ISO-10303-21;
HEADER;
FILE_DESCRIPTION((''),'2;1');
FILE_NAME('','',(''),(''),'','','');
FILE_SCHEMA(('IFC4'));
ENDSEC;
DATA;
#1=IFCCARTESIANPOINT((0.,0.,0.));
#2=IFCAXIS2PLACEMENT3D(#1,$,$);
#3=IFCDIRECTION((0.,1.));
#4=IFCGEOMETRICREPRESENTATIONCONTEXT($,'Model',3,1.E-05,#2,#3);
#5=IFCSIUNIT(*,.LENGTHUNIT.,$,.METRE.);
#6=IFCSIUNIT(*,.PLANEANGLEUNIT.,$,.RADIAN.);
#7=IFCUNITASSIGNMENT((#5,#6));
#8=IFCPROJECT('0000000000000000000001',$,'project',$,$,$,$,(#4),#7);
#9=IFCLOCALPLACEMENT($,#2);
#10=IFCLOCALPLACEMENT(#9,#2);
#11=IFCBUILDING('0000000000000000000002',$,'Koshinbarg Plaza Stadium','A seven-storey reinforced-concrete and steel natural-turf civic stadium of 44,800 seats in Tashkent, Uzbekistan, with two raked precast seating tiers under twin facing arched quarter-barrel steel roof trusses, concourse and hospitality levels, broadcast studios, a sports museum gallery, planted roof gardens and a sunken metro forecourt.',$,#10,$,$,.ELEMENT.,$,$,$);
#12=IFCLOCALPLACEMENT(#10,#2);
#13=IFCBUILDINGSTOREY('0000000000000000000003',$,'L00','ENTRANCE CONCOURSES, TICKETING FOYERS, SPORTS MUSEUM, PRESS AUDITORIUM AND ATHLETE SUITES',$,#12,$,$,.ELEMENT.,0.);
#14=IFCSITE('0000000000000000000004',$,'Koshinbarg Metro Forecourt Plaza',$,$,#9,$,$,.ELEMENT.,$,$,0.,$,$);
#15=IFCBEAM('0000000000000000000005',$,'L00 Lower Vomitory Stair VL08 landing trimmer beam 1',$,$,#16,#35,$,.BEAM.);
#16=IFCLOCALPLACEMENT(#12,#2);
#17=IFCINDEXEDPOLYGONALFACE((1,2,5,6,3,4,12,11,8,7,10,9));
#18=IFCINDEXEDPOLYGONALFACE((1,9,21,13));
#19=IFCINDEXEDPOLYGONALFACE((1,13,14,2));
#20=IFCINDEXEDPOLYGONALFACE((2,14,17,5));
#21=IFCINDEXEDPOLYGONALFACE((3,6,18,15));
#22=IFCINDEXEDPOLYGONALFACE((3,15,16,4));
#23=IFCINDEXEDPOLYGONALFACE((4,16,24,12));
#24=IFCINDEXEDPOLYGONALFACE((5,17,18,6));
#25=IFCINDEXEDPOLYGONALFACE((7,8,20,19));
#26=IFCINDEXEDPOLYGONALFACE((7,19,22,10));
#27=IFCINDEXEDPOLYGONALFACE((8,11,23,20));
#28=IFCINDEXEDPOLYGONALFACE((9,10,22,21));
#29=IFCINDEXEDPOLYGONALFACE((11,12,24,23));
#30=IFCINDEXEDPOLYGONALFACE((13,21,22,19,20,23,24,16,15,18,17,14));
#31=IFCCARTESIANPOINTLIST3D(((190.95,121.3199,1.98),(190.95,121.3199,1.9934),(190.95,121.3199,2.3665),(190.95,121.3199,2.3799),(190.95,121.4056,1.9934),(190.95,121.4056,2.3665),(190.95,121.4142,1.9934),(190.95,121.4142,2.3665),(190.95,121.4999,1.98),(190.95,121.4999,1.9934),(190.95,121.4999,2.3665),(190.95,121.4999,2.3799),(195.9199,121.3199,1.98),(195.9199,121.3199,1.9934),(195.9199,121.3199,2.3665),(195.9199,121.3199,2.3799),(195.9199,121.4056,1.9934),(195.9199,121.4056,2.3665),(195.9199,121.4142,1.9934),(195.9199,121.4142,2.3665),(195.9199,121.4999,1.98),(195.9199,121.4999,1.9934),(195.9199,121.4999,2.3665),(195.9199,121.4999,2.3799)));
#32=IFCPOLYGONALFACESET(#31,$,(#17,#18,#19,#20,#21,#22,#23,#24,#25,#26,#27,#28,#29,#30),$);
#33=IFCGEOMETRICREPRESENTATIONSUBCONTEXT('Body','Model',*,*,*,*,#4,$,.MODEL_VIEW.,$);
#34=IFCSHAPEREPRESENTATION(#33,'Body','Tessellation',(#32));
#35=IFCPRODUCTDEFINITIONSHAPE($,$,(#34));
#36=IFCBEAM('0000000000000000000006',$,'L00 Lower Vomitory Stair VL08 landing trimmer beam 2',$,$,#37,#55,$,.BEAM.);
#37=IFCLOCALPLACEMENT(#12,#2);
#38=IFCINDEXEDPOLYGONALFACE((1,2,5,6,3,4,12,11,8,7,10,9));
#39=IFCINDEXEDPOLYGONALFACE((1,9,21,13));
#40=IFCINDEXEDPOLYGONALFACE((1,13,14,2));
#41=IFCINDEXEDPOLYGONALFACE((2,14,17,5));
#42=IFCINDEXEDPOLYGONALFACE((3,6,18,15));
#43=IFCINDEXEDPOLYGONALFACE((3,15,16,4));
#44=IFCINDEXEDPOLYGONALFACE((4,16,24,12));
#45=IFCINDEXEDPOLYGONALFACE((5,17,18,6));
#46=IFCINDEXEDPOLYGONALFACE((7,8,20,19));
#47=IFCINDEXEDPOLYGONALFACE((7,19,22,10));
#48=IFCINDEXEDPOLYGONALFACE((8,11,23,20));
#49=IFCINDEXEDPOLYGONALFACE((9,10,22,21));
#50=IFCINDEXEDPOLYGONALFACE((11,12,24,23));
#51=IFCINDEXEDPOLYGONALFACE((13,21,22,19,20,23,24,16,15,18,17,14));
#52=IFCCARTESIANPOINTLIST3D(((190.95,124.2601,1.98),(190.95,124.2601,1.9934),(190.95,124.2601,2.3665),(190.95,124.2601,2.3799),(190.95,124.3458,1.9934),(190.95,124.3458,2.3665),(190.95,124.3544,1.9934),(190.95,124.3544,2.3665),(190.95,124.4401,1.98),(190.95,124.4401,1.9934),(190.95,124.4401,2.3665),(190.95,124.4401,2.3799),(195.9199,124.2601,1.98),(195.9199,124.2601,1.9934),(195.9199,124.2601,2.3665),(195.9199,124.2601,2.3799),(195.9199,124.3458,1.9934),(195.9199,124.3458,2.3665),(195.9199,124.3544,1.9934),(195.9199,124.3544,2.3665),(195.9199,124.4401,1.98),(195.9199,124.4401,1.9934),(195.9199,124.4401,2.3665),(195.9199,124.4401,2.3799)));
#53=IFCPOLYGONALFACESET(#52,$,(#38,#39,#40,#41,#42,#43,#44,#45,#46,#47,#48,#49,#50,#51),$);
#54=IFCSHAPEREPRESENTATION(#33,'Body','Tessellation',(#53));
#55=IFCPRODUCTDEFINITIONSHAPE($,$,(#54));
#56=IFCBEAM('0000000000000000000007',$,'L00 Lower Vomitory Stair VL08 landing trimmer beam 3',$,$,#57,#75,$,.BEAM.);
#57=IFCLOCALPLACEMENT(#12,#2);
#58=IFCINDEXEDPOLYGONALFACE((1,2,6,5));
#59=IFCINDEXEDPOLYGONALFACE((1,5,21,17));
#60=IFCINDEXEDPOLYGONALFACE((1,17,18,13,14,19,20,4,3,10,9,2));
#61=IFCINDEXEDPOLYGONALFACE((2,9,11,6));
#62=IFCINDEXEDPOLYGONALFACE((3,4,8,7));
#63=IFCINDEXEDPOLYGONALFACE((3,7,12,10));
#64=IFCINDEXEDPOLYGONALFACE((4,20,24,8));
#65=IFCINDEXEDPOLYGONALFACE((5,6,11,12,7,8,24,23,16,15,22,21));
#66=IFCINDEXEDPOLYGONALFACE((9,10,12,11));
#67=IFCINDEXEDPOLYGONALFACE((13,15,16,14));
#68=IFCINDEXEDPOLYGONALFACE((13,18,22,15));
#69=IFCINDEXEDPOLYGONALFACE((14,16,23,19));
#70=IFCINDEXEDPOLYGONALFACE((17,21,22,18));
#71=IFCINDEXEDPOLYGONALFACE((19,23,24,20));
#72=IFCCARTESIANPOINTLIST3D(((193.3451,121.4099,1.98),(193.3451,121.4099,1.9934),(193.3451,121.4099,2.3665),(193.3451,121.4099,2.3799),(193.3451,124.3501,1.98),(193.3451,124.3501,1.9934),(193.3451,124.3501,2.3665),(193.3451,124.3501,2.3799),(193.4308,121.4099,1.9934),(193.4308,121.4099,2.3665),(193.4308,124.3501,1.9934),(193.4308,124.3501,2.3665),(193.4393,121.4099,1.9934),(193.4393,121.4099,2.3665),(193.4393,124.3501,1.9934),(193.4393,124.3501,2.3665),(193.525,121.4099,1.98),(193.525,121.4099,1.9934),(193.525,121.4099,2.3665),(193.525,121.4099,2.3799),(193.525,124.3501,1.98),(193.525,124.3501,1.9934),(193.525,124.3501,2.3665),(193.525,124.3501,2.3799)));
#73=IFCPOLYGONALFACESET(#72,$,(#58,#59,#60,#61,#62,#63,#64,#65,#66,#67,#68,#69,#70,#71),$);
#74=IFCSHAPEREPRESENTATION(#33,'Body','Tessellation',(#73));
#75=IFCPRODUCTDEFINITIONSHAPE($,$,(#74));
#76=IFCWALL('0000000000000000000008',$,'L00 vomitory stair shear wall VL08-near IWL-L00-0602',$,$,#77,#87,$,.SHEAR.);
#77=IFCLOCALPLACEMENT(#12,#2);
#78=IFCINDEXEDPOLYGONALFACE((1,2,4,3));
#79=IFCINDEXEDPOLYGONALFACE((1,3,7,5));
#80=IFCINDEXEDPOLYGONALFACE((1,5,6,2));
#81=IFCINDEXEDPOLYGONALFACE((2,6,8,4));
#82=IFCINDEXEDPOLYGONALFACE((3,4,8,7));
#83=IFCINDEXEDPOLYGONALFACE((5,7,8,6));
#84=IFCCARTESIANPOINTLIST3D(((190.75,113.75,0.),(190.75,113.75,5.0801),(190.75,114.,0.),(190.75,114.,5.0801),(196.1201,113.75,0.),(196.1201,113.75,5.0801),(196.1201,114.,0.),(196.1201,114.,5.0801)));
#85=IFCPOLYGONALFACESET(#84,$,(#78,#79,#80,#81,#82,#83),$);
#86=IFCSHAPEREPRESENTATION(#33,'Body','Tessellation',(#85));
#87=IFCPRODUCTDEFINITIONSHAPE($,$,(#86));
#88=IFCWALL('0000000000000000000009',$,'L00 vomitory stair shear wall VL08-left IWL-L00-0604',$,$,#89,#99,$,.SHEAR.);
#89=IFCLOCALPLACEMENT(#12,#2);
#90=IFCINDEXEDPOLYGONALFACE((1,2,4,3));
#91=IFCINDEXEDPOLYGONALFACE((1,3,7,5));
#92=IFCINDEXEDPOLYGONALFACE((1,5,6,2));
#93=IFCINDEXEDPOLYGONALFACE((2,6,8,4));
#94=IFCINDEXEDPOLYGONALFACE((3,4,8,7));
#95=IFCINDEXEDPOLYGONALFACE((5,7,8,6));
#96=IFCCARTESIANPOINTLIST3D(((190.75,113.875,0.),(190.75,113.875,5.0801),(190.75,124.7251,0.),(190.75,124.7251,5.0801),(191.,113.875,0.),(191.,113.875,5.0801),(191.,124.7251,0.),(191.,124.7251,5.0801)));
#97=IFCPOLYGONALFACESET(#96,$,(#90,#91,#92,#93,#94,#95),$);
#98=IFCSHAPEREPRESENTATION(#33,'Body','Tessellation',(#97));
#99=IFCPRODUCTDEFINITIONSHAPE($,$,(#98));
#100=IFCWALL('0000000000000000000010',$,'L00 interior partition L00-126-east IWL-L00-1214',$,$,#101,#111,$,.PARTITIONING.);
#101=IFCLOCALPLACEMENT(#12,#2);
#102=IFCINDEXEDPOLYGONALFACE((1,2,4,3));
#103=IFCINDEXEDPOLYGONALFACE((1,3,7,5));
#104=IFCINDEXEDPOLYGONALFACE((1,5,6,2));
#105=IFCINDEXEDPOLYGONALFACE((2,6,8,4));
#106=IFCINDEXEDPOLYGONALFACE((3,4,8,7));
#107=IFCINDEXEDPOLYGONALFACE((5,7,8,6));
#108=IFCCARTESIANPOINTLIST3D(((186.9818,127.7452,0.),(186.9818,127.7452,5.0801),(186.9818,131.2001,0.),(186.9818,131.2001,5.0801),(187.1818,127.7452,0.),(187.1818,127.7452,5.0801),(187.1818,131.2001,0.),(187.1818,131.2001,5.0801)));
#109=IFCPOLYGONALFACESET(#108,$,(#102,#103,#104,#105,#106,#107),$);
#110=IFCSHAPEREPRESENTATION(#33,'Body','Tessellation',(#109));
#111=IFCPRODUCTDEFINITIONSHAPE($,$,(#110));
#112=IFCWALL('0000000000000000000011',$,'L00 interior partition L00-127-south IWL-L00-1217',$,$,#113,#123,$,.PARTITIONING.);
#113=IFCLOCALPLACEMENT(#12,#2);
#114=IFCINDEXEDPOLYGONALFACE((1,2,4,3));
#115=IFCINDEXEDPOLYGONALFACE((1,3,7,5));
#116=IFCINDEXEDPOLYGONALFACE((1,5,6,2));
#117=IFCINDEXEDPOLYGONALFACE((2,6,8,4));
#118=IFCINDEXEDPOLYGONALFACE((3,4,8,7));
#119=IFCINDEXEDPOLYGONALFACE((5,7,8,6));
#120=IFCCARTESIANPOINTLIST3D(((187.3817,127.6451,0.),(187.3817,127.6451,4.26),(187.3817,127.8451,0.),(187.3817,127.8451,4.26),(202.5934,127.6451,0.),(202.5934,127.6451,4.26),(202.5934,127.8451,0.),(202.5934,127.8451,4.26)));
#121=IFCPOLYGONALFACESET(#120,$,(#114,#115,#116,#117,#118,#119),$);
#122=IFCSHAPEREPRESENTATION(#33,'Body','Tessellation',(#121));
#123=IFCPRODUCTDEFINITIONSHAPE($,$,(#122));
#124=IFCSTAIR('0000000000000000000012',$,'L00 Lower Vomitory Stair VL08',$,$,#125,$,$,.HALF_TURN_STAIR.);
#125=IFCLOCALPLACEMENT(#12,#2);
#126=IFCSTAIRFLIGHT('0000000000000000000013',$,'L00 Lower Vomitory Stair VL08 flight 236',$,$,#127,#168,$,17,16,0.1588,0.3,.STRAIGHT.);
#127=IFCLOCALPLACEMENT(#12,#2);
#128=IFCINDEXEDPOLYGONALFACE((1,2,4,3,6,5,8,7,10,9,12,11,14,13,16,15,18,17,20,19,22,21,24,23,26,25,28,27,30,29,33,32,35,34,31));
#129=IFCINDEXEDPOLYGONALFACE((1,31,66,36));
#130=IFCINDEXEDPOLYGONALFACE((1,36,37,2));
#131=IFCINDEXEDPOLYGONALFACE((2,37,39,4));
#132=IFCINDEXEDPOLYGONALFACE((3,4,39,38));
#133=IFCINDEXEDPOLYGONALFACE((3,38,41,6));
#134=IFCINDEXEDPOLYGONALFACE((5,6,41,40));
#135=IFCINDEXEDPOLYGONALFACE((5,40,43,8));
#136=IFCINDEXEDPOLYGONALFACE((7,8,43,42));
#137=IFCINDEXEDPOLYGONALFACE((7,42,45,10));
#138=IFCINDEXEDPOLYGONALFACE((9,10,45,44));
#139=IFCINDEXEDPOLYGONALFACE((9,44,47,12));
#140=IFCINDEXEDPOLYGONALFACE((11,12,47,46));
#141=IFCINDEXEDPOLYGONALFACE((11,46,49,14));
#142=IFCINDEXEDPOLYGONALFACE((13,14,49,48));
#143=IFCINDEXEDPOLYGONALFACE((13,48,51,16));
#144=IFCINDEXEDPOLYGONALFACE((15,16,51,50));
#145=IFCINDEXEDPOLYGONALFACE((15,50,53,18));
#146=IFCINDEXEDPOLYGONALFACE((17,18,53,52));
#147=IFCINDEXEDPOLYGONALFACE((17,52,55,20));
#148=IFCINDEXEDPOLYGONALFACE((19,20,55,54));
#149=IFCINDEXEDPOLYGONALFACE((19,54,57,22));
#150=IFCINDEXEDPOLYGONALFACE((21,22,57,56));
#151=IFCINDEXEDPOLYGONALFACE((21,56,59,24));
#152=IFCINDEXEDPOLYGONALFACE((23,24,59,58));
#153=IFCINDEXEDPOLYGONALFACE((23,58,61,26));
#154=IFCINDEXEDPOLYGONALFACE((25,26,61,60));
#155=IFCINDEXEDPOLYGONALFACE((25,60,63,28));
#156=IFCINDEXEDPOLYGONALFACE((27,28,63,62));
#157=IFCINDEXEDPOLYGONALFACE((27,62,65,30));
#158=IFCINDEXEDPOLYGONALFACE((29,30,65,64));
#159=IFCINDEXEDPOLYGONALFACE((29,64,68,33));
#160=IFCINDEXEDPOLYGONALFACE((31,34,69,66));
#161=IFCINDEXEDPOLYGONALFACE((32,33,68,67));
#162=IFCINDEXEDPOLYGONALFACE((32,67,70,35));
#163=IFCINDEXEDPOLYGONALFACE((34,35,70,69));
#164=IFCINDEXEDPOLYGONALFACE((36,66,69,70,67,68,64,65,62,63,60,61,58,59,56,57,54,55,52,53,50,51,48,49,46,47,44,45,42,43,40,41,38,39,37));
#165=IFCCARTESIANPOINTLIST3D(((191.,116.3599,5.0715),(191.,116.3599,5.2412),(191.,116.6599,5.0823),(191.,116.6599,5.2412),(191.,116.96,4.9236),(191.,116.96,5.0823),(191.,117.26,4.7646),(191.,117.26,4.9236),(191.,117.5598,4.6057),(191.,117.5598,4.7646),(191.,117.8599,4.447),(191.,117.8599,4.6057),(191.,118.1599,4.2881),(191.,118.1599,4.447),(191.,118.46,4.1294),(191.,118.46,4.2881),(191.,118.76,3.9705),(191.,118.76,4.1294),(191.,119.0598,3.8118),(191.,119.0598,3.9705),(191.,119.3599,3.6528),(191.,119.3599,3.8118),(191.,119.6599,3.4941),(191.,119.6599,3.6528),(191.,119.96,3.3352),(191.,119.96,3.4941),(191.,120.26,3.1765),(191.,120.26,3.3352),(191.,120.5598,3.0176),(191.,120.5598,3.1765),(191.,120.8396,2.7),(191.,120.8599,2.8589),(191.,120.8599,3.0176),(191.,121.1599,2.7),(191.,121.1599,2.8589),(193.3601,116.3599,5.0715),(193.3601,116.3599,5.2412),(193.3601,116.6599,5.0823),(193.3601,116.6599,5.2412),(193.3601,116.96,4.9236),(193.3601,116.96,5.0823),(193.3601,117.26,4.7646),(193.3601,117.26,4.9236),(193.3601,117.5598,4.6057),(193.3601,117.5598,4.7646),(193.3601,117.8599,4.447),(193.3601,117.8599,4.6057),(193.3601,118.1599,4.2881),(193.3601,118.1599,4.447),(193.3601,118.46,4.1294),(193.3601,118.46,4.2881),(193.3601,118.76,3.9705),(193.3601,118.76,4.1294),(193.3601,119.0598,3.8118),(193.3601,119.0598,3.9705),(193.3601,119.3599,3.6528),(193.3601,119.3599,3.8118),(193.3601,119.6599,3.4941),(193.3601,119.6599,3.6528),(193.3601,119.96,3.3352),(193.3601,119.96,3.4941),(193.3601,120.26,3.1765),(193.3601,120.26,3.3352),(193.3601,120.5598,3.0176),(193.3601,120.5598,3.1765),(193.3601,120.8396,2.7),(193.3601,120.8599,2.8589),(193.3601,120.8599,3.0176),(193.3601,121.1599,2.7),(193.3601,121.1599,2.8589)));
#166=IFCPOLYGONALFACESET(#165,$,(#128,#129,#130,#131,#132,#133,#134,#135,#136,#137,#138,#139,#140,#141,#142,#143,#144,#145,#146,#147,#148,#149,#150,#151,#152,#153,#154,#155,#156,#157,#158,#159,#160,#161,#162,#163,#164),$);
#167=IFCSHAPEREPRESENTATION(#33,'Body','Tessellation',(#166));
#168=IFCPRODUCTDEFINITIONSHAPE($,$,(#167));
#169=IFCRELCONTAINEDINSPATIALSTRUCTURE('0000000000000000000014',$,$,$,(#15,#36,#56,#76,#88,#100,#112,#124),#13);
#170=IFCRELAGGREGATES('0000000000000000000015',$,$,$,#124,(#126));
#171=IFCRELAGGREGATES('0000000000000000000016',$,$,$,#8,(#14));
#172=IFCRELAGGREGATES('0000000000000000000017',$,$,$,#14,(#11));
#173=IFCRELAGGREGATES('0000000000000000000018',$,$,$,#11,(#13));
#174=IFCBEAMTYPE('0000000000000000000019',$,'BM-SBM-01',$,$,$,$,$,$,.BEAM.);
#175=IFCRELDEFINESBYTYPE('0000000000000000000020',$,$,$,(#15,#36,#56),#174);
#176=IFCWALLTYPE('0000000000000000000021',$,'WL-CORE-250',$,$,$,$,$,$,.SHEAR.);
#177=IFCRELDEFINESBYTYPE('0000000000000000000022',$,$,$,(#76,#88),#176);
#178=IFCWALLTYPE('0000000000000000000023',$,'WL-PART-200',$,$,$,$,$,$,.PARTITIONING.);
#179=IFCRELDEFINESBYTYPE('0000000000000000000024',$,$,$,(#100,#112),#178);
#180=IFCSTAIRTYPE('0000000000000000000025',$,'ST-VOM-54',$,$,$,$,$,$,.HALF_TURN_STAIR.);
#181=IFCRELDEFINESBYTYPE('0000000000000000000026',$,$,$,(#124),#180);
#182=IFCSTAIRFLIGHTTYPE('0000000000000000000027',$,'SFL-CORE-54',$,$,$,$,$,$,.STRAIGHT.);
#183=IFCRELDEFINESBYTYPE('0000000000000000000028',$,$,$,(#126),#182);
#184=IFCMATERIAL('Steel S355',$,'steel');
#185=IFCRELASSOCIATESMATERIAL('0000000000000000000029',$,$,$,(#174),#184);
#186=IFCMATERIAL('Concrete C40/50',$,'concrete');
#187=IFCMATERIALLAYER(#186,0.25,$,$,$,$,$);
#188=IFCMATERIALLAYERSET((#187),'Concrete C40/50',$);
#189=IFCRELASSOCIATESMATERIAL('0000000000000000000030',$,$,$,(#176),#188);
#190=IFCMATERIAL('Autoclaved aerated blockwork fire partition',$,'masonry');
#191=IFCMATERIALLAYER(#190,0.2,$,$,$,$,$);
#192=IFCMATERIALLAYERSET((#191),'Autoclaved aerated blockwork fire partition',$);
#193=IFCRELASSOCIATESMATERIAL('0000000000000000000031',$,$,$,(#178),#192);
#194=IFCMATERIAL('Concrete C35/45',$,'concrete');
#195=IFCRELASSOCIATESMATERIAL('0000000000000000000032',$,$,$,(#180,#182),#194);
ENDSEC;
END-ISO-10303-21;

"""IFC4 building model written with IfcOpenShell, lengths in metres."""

from ifc_helpers import new_model, si_unit, direction, frame, frame_2d, origin, origin_2d, place, context, subcontext, project, spatial, polyline, rectangle, i_section, outline, extrude, material, layer, layer_set, material_profile, profile_set, type_object, element, aggregate, save


model = new_model("IFC4")

# Units and contexts
model_context = context("Model", 3, precision=1e-05, world=origin(), true_north=direction((0.0, 1.0)))
body_context = subcontext(model_context, "Body", "Model", "MODEL_VIEW")
ifc_project = project(units=[si_unit("LENGTHUNIT", "METRE"), si_unit("PLANEANGLEUNIT", "RADIAN")], contexts=[model_context])

# Site, building, storey
site_placement = place(None, origin())
site = spatial("IfcSite", under=ifc_project, at=site_placement, Name="Koshinbarg Metro Forecourt Plaza", CompositionType="ELEMENT", RefElevation=0.0)
building_placement = place(site_placement, origin())
building = spatial("IfcBuilding", under=site, at=building_placement, Name="Koshinbarg Plaza Stadium", Description="A seven-storey reinforced-concrete and steel natural-turf civic stadium of 44,800 seats in Tashkent, Uzbekistan, with two raked precast seating tiers under twin facing arched quarter-barrel steel roof trusses, concourse and hospitality levels, broadcast studios, a sports museum gallery, planted roof gardens and a sunken metro forecourt.", CompositionType="ELEMENT")
storey_placement = place(building_placement, origin())
storey = spatial("IfcBuildingStorey", under=building, at=storey_placement, Name="L00", Description="ENTRANCE CONCOURSES, TICKETING FOYERS, SPORTS MUSEUM, PRESS AUDITORIUM AND ATHLETE SUITES", CompositionType="ELEMENT", Elevation=0.0)

# Shared definitions
ifc_material_1 = material(Name="Concrete C35/45", Category="concrete")

# Shared definitions
ifc_material_2 = material(Name="Concrete C40/50", Category="concrete")

# Beams
ifc_material_3 = material(Name="Steel S355", Category="steel")
ifc_material_profile_1 = material_profile(ifc_material_3, i_section(OverallWidth=0.1799, OverallDepth=0.3999, WebThickness=0.0085, FlangeThickness=0.0134, at=origin_2d()), Name="IPE 400")
ifc_profile_set_1 = profile_set([ifc_material_profile_1], Name="Steel S355")
beam_type = type_object("IfcBeamType", Name="BM-SBM-01", PredefinedType="BEAM", material=ifc_profile_set_1)
for number, where, z_axis, x_axis, name in (
    (1, (190.95, 121.4099, 2.1799), (1.0, 0.0, 0.0), (0.0, 1.0, 0.0), "L00 Lower Vomitory Stair VL08 landing trimmer beam 1"),
    (2, (190.95, 124.3501, 2.1799), (1.0, 0.0, 0.0), (0.0, 1.0, 0.0), "L00 Lower Vomitory Stair VL08 landing trimmer beam 2"),
):
    element("IfcBeam", number, at=place(storey_placement, frame(where, z_axis=z_axis, x_axis=x_axis)), inside=storey, type_object=beam_type, Name=name, PredefinedType="BEAM", context=body_context, shape_type="SweptSolid", body=[
        extrude(i_section(OverallWidth=0.1799, OverallDepth=0.3999, WebThickness=0.0085, FlangeThickness=0.0134, at=origin_2d()), origin(), (0.0, 0.0, 1.0), 4.97),
    ])
beam_placement = place(storey_placement, frame((193.4351, 121.4099, 2.1799), z_axis=(0.0, 1.0, 0.0), x_axis=(-1.0, 0.0, 0.0)))
element("IfcBeam", 3, at=beam_placement, inside=storey, type_object=beam_type, Name="L00 Lower Vomitory Stair VL08 landing trimmer beam 3", PredefinedType="BEAM", context=body_context, shape_type="SweptSolid", body=[
    extrude(i_section(OverallWidth=0.1799, OverallDepth=0.3999, WebThickness=0.0085, FlangeThickness=0.0134, at=origin_2d()), origin(), (0.0, 0.0, 1.0), 2.9402),
])

# Walls
ifc_layer_1 = layer(ifc_material_2, 0.25)
ifc_layer_set_1 = layer_set([ifc_layer_1], Name="Concrete C40/50")
wall_type_1 = type_object("IfcWallType", Name="WL-CORE-250", PredefinedType="SHEAR", material=ifc_layer_set_1)
wall_1_placement = place(storey_placement, frame((190.75, 113.875, 0.0), z_axis=(0.0, 0.0, 1.0), x_axis=(1.0, 0.0, 0.0)))
element("IfcWall", 4, at=wall_1_placement, inside=storey, type_object=wall_type_1, Name="L00 vomitory stair shear wall VL08-near IWL-L00-0602", PredefinedType="SHEAR", context=body_context, shape_type="SweptSolid", body=[
    extrude(rectangle(XDim=5.3701, YDim=0.25, at=frame_2d((2.6851, 0.0))), origin(), (0.0, 0.0, 1.0), 5.0801),
])
wall_2_placement = place(storey_placement, frame((190.875, 113.875, 0.0), z_axis=(0.0, 0.0, 1.0), x_axis=(0.0, 1.0, 0.0)))
element("IfcWall", 5, at=wall_2_placement, inside=storey, type_object=wall_type_1, Name="L00 vomitory stair shear wall VL08-left IWL-L00-0604", PredefinedType="SHEAR", context=body_context, shape_type="SweptSolid", body=[
    extrude(rectangle(XDim=10.8501, YDim=0.25, at=frame_2d((5.425, 0.0))), origin(), (0.0, 0.0, 1.0), 5.0801),
])
ifc_material_4 = material(Name="Autoclaved aerated blockwork fire partition", Category="masonry")
ifc_layer_2 = layer(ifc_material_4, 0.2)
ifc_layer_set_2 = layer_set([ifc_layer_2], Name="Autoclaved aerated blockwork fire partition")
wall_type_2 = type_object("IfcWallType", Name="WL-PART-200", PredefinedType="PARTITIONING", material=ifc_layer_set_2)
wall_3_placement = place(storey_placement, frame((187.0818, 127.7451, 0.0), z_axis=(0.0, 0.0, 1.0), x_axis=(0.0, 1.0, 0.0)))
element("IfcWall", 6, at=wall_3_placement, inside=storey, type_object=wall_type_2, Name="L00 interior partition L00-126-east IWL-L00-1214", PredefinedType="PARTITIONING", context=body_context, shape_type="SweptSolid", body=[
    extrude(rectangle(XDim=3.4548, YDim=0.2, at=frame_2d((1.7275, 0.0))), origin(), (0.0, 0.0, 1.0), 5.0801),
])
wall_4_placement = place(storey_placement, frame((187.3816, 127.7451, 0.0), z_axis=(0.0, 0.0, 1.0), x_axis=(1.0, 0.0, 0.0)))
element("IfcWall", 7, at=wall_4_placement, inside=storey, type_object=wall_type_2, Name="L00 interior partition L00-127-south IWL-L00-1217", PredefinedType="PARTITIONING", context=body_context, shape_type="SweptSolid", body=[
    extrude(rectangle(XDim=15.2117, YDim=0.2, at=frame_2d((7.606, 0.0))), origin(), (0.0, 0.0, 1.0), 4.26),
])

# Stair, stair flight
stair_type = type_object("IfcStairType", Name="ST-VOM-54", PredefinedType="HALF_TURN_STAIR", material=ifc_material_1)
stair_placement = place(storey_placement, origin())
stair = element("IfcStair", 8, at=stair_placement, inside=storey, type_object=stair_type, Name="L00 Lower Vomitory Stair VL08", PredefinedType="HALF_TURN_STAIR")
stair_flight_type = type_object("IfcStairFlightType", Name="SFL-CORE-54", PredefinedType="STRAIGHT", material=ifc_material_1)
stair_flight_placement = place(storey_placement, frame((192.1799, 121.1599, 2.7), z_axis=(0.0, 0.0, 1.0), x_axis=(0.0, -1.0, 0.0)))
stair_flight = element("IfcStairFlight", 9, at=stair_flight_placement, type_object=stair_flight_type, Name="L00 Lower Vomitory Stair VL08 flight 236", NumberOfRisers=17, NumberOfTreads=16, PredefinedType="STRAIGHT", RiserHeight=0.1588, TreadLength=0.3, context=body_context, shape_type="SweptSolid", body=[
    extrude(outline(polyline([(0.0, 0.0), (0.0, 0.1589), (0.3, 0.1589), (0.3, 0.3176), (0.6001, 0.3176), (0.6001, 0.4766), (0.8999, 0.4766), (0.8999, 0.6353), (1.2, 0.6353), (1.2, 0.7942), (1.5, 0.7942), (1.5, 0.9529), (1.8, 0.9529), (1.8, 1.1118), (2.1001, 1.1118), (2.1001, 1.2705), (2.3999, 1.2705), (2.3999, 1.4294), (2.7, 1.4294), (2.7, 1.5881), (3.0, 1.5881), (3.0, 1.7471), (3.3, 1.7471), (3.3, 1.9058), (3.6001, 1.9058), (3.6001, 2.0647), (3.8999, 2.0647), (3.8999, 2.2236), (4.2, 2.2236), (4.2, 2.3823), (4.5, 2.3823), (4.5, 2.5413), (4.8, 2.5413), (4.8, 2.7), (4.8, 2.3716), (0.3203, 0.0), (0.0, 0.0)])), frame((0.0, 1.1802, 0.0), z_axis=(0.0, -1.0, 0.0), x_axis=(1.0, 0.0, 0.0)), (0.0, 0.0, 1.0), 2.3601),
])
aggregate(stair, [stair_flight])

save(model, "model.ifc")
